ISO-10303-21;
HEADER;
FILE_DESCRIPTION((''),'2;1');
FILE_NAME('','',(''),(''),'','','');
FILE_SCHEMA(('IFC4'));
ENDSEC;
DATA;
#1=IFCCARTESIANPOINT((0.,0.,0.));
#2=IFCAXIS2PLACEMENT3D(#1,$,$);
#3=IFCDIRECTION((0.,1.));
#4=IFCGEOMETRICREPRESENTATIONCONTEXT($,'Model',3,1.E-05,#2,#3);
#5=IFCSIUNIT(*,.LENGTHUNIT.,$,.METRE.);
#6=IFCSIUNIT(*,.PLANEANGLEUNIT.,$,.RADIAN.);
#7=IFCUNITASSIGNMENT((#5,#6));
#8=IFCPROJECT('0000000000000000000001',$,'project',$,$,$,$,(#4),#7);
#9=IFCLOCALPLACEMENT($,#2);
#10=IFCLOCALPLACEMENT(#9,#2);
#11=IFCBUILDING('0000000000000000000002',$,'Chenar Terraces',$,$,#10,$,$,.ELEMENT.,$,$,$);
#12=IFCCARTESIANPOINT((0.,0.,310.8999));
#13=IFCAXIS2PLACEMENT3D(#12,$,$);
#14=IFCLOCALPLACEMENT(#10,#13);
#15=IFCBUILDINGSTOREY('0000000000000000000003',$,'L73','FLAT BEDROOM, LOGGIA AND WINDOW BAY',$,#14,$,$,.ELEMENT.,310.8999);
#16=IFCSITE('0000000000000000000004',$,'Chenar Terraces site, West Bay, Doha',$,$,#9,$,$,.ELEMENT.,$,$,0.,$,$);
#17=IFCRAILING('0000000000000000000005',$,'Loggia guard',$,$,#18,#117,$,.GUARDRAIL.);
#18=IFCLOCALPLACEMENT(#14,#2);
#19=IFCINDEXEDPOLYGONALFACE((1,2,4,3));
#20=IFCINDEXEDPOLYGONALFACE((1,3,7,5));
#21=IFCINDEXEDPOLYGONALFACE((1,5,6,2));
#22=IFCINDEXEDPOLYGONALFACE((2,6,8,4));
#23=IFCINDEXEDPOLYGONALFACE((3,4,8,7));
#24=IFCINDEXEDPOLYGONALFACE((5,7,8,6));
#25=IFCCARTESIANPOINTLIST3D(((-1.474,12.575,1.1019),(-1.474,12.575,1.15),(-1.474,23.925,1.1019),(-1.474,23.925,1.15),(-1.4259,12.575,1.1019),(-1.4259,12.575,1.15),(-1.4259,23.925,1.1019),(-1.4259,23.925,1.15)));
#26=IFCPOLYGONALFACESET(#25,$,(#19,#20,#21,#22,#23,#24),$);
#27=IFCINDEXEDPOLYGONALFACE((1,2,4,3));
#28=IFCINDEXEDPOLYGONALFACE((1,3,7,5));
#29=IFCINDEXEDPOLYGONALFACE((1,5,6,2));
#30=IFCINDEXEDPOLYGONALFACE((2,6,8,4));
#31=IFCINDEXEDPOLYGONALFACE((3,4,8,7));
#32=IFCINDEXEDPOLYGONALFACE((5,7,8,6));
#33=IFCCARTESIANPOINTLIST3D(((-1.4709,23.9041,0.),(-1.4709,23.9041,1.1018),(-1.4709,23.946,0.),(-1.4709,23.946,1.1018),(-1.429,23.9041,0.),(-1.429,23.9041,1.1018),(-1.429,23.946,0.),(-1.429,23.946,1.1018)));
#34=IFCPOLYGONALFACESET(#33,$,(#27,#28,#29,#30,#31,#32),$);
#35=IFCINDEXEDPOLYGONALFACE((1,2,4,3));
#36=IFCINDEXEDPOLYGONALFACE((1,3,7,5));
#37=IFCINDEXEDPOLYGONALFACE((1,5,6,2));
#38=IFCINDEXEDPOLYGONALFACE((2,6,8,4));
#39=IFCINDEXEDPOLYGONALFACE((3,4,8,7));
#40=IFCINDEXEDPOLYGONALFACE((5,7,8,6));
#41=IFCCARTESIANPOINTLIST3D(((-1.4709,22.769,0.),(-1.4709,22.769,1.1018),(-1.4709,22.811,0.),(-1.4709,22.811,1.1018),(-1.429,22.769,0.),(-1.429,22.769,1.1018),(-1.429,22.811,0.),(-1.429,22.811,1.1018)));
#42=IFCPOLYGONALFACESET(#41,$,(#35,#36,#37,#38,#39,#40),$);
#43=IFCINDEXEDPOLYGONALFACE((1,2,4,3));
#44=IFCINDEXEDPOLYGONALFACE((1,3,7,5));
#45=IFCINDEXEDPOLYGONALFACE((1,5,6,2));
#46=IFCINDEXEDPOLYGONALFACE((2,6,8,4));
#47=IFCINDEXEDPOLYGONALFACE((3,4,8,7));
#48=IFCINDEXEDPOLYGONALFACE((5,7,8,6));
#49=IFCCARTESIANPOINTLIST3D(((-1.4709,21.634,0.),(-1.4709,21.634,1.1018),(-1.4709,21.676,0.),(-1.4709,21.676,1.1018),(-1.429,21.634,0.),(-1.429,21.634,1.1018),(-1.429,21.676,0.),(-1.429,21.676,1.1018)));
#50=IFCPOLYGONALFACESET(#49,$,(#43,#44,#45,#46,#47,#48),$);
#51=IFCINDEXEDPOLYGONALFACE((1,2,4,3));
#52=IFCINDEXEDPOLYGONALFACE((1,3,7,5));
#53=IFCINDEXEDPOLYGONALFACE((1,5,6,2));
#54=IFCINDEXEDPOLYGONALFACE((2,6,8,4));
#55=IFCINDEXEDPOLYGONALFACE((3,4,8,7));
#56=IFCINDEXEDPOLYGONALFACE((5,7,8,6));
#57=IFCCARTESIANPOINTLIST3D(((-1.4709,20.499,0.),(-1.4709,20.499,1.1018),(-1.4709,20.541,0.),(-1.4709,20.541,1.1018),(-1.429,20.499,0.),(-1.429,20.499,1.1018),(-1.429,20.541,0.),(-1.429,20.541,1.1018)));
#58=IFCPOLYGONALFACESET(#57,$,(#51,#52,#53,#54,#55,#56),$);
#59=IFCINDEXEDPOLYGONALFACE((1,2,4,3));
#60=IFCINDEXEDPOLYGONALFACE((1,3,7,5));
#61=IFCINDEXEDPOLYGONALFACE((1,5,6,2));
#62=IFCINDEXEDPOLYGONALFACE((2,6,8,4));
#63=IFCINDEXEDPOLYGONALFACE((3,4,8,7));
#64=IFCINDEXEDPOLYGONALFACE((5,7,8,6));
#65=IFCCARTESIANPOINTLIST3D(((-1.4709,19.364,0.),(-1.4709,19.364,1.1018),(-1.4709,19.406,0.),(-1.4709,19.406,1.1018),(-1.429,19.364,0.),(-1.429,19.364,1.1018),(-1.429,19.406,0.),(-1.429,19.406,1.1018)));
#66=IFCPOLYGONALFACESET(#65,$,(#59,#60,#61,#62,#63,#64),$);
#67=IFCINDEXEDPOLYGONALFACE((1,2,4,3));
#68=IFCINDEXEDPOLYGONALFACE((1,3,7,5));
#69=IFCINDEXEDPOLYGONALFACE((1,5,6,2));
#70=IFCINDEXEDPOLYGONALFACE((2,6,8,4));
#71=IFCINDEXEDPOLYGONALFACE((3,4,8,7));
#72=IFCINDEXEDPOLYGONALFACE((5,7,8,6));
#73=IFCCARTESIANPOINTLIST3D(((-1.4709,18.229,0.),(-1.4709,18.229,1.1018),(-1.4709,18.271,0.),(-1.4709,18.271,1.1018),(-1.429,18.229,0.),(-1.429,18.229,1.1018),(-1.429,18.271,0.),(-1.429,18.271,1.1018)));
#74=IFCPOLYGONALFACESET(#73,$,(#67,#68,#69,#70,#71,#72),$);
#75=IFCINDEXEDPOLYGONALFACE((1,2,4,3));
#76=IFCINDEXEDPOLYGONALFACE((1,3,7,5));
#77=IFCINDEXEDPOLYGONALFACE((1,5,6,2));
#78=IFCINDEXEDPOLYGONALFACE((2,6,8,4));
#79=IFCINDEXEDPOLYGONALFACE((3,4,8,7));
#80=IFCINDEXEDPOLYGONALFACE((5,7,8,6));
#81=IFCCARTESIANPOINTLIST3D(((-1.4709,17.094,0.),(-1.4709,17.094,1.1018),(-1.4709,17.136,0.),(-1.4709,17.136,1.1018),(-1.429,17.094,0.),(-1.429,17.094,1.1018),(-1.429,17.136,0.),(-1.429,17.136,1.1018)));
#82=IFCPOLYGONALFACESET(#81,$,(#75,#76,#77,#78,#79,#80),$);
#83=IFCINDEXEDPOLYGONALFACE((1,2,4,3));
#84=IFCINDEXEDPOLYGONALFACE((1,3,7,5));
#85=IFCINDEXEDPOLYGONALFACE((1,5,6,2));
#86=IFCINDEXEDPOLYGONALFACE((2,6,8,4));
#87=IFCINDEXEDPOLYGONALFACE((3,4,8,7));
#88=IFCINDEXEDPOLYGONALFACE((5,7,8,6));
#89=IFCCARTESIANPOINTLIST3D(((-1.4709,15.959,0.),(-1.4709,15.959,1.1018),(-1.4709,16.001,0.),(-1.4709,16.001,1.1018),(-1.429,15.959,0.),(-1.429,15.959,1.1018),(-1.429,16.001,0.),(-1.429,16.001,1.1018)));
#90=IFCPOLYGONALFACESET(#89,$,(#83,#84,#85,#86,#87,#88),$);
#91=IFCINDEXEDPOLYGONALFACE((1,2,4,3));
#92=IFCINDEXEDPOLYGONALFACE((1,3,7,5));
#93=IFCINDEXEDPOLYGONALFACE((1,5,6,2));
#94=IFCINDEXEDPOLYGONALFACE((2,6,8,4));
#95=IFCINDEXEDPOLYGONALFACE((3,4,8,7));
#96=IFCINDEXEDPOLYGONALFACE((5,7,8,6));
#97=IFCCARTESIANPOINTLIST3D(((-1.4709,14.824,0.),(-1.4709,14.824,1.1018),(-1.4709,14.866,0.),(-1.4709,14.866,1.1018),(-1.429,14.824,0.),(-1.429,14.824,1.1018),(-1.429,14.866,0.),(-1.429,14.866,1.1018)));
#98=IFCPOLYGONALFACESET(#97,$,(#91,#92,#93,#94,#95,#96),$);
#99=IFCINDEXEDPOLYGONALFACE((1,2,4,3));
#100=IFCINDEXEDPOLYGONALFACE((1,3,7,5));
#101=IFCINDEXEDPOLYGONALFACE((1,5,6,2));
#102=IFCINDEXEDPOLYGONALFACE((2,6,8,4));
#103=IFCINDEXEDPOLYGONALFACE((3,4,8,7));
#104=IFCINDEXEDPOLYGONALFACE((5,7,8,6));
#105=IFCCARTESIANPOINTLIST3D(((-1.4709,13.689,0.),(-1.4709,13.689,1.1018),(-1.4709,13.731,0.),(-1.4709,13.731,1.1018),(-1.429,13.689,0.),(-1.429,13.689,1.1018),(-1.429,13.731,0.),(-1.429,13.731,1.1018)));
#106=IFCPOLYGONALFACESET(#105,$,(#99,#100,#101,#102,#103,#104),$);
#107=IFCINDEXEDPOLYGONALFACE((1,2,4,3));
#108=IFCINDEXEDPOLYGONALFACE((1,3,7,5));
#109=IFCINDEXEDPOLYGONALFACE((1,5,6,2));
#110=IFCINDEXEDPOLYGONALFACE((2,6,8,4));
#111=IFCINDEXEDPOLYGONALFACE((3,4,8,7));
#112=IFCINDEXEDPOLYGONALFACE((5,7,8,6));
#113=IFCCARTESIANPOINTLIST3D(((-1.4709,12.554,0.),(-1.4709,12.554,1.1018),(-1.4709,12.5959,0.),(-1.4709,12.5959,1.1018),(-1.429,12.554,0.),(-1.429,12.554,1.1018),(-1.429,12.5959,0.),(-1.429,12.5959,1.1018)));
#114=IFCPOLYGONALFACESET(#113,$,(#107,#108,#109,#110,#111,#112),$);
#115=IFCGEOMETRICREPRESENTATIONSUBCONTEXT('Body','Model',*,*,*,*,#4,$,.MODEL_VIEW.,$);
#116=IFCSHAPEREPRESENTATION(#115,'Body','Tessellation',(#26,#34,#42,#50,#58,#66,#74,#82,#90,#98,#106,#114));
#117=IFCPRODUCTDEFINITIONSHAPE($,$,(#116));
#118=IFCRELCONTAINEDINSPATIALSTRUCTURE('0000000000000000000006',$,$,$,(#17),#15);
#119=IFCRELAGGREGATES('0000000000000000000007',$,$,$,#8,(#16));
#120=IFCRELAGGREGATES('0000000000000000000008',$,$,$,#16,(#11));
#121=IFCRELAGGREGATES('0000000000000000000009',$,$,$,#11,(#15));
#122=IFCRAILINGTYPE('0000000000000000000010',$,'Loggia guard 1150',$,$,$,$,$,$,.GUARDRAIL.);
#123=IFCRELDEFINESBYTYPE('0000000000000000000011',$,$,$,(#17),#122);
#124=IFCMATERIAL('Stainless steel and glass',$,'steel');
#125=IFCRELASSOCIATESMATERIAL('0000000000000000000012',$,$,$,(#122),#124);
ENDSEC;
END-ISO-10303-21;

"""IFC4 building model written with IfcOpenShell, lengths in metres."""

from ifc_helpers import new_model, si_unit, direction, frame, origin, origin_2d, place, context, subcontext, project, spatial, rectangle, extrude, material, type_object, element, save


model = new_model("IFC4")

# Units and contexts
model_context = context("Model", 3, precision=1e-05, world=origin(), true_north=direction((0.0, 1.0)))
body_context = subcontext(model_context, "Body", "Model", "MODEL_VIEW")
ifc_project = project(units=[si_unit("LENGTHUNIT", "METRE"), si_unit("PLANEANGLEUNIT", "RADIAN")], contexts=[model_context])

# Site, building, storey
site_placement = place(None, origin())
site = spatial("IfcSite", under=ifc_project, at=site_placement, Name="Chenar Terraces site, West Bay, Doha", CompositionType="ELEMENT", RefElevation=0.0)
building_placement = place(site_placement, origin())
building = spatial("IfcBuilding", under=site, at=building_placement, Name="Chenar Terraces", CompositionType="ELEMENT")
storey_placement = place(building_placement, frame((0.0, 0.0, 310.8999)))
storey = spatial("IfcBuildingStorey", under=building, at=storey_placement, Name="L73", Description="FLAT BEDROOM, LOGGIA AND WINDOW BAY", CompositionType="ELEMENT", Elevation=310.8999)

# Railing
ifc_material_1 = material(Name="Stainless steel and glass", Category="steel")
railing_type_1 = type_object("IfcRailingType", Name="Loggia guard 1150", PredefinedType="GUARDRAIL", material=ifc_material_1)
railing_1_placement = place(storey_placement, frame((-1.45, 23.925, 0.0)))
element("IfcRailing", 1, at=railing_1_placement, inside=storey, type_object=railing_type_1, Name="Loggia guard", PredefinedType="GUARDRAIL", context=body_context, shape_type="SweptSolid", body=[
    extrude(rectangle(XDim=0.0481, YDim=0.0481, at=origin_2d()), frame((0.0, 0.0, 1.126), z_axis=(0.0, -1.0, 0.0), x_axis=(1.0, 0.0, 0.0)), (0.0, 0.0, 1.0), 11.3501),
    extrude(rectangle(XDim=0.042, YDim=0.042, at=origin_2d()), origin(), (0.0, 0.0, 1.0), 1.1018),
    extrude(rectangle(XDim=0.042, YDim=0.042, at=origin_2d()), frame((0.0, -1.135, 0.0)), (0.0, 0.0, 1.0), 1.1018),
    extrude(rectangle(XDim=0.042, YDim=0.042, at=origin_2d()), frame((0.0, -2.27, 0.0)), (0.0, 0.0, 1.0), 1.1018),
    extrude(rectangle(XDim=0.042, YDim=0.042, at=origin_2d()), frame((0.0, -3.405, 0.0)), (0.0, 0.0, 1.0), 1.1018),
    extrude(rectangle(XDim=0.042, YDim=0.042, at=origin_2d()), frame((0.0, -4.54, 0.0)), (0.0, 0.0, 1.0), 1.1018),
    extrude(rectangle(XDim=0.042, YDim=0.042, at=origin_2d()), frame((0.0, -5.675, 0.0)), (0.0, 0.0, 1.0), 1.1018),
    extrude(rectangle(XDim=0.042, YDim=0.042, at=origin_2d()), frame((0.0, -6.8101, 0.0)), (0.0, 0.0, 1.0), 1.1018),
    extrude(rectangle(XDim=0.042, YDim=0.042, at=origin_2d()), frame((0.0, -7.9451, 0.0)), (0.0, 0.0, 1.0), 1.1018),
    extrude(rectangle(XDim=0.042, YDim=0.042, at=origin_2d()), frame((0.0, -9.0801, 0.0)), (0.0, 0.0, 1.0), 1.1018),
    extrude(rectangle(XDim=0.042, YDim=0.042, at=origin_2d()), frame((0.0, -10.2151, 0.0)), (0.0, 0.0, 1.0), 1.1018),
    extrude(rectangle(XDim=0.042, YDim=0.042, at=origin_2d()), frame((0.0, -11.3501, 0.0)), (0.0, 0.0, 1.0), 1.1018),
])

save(model, "model.ifc")
